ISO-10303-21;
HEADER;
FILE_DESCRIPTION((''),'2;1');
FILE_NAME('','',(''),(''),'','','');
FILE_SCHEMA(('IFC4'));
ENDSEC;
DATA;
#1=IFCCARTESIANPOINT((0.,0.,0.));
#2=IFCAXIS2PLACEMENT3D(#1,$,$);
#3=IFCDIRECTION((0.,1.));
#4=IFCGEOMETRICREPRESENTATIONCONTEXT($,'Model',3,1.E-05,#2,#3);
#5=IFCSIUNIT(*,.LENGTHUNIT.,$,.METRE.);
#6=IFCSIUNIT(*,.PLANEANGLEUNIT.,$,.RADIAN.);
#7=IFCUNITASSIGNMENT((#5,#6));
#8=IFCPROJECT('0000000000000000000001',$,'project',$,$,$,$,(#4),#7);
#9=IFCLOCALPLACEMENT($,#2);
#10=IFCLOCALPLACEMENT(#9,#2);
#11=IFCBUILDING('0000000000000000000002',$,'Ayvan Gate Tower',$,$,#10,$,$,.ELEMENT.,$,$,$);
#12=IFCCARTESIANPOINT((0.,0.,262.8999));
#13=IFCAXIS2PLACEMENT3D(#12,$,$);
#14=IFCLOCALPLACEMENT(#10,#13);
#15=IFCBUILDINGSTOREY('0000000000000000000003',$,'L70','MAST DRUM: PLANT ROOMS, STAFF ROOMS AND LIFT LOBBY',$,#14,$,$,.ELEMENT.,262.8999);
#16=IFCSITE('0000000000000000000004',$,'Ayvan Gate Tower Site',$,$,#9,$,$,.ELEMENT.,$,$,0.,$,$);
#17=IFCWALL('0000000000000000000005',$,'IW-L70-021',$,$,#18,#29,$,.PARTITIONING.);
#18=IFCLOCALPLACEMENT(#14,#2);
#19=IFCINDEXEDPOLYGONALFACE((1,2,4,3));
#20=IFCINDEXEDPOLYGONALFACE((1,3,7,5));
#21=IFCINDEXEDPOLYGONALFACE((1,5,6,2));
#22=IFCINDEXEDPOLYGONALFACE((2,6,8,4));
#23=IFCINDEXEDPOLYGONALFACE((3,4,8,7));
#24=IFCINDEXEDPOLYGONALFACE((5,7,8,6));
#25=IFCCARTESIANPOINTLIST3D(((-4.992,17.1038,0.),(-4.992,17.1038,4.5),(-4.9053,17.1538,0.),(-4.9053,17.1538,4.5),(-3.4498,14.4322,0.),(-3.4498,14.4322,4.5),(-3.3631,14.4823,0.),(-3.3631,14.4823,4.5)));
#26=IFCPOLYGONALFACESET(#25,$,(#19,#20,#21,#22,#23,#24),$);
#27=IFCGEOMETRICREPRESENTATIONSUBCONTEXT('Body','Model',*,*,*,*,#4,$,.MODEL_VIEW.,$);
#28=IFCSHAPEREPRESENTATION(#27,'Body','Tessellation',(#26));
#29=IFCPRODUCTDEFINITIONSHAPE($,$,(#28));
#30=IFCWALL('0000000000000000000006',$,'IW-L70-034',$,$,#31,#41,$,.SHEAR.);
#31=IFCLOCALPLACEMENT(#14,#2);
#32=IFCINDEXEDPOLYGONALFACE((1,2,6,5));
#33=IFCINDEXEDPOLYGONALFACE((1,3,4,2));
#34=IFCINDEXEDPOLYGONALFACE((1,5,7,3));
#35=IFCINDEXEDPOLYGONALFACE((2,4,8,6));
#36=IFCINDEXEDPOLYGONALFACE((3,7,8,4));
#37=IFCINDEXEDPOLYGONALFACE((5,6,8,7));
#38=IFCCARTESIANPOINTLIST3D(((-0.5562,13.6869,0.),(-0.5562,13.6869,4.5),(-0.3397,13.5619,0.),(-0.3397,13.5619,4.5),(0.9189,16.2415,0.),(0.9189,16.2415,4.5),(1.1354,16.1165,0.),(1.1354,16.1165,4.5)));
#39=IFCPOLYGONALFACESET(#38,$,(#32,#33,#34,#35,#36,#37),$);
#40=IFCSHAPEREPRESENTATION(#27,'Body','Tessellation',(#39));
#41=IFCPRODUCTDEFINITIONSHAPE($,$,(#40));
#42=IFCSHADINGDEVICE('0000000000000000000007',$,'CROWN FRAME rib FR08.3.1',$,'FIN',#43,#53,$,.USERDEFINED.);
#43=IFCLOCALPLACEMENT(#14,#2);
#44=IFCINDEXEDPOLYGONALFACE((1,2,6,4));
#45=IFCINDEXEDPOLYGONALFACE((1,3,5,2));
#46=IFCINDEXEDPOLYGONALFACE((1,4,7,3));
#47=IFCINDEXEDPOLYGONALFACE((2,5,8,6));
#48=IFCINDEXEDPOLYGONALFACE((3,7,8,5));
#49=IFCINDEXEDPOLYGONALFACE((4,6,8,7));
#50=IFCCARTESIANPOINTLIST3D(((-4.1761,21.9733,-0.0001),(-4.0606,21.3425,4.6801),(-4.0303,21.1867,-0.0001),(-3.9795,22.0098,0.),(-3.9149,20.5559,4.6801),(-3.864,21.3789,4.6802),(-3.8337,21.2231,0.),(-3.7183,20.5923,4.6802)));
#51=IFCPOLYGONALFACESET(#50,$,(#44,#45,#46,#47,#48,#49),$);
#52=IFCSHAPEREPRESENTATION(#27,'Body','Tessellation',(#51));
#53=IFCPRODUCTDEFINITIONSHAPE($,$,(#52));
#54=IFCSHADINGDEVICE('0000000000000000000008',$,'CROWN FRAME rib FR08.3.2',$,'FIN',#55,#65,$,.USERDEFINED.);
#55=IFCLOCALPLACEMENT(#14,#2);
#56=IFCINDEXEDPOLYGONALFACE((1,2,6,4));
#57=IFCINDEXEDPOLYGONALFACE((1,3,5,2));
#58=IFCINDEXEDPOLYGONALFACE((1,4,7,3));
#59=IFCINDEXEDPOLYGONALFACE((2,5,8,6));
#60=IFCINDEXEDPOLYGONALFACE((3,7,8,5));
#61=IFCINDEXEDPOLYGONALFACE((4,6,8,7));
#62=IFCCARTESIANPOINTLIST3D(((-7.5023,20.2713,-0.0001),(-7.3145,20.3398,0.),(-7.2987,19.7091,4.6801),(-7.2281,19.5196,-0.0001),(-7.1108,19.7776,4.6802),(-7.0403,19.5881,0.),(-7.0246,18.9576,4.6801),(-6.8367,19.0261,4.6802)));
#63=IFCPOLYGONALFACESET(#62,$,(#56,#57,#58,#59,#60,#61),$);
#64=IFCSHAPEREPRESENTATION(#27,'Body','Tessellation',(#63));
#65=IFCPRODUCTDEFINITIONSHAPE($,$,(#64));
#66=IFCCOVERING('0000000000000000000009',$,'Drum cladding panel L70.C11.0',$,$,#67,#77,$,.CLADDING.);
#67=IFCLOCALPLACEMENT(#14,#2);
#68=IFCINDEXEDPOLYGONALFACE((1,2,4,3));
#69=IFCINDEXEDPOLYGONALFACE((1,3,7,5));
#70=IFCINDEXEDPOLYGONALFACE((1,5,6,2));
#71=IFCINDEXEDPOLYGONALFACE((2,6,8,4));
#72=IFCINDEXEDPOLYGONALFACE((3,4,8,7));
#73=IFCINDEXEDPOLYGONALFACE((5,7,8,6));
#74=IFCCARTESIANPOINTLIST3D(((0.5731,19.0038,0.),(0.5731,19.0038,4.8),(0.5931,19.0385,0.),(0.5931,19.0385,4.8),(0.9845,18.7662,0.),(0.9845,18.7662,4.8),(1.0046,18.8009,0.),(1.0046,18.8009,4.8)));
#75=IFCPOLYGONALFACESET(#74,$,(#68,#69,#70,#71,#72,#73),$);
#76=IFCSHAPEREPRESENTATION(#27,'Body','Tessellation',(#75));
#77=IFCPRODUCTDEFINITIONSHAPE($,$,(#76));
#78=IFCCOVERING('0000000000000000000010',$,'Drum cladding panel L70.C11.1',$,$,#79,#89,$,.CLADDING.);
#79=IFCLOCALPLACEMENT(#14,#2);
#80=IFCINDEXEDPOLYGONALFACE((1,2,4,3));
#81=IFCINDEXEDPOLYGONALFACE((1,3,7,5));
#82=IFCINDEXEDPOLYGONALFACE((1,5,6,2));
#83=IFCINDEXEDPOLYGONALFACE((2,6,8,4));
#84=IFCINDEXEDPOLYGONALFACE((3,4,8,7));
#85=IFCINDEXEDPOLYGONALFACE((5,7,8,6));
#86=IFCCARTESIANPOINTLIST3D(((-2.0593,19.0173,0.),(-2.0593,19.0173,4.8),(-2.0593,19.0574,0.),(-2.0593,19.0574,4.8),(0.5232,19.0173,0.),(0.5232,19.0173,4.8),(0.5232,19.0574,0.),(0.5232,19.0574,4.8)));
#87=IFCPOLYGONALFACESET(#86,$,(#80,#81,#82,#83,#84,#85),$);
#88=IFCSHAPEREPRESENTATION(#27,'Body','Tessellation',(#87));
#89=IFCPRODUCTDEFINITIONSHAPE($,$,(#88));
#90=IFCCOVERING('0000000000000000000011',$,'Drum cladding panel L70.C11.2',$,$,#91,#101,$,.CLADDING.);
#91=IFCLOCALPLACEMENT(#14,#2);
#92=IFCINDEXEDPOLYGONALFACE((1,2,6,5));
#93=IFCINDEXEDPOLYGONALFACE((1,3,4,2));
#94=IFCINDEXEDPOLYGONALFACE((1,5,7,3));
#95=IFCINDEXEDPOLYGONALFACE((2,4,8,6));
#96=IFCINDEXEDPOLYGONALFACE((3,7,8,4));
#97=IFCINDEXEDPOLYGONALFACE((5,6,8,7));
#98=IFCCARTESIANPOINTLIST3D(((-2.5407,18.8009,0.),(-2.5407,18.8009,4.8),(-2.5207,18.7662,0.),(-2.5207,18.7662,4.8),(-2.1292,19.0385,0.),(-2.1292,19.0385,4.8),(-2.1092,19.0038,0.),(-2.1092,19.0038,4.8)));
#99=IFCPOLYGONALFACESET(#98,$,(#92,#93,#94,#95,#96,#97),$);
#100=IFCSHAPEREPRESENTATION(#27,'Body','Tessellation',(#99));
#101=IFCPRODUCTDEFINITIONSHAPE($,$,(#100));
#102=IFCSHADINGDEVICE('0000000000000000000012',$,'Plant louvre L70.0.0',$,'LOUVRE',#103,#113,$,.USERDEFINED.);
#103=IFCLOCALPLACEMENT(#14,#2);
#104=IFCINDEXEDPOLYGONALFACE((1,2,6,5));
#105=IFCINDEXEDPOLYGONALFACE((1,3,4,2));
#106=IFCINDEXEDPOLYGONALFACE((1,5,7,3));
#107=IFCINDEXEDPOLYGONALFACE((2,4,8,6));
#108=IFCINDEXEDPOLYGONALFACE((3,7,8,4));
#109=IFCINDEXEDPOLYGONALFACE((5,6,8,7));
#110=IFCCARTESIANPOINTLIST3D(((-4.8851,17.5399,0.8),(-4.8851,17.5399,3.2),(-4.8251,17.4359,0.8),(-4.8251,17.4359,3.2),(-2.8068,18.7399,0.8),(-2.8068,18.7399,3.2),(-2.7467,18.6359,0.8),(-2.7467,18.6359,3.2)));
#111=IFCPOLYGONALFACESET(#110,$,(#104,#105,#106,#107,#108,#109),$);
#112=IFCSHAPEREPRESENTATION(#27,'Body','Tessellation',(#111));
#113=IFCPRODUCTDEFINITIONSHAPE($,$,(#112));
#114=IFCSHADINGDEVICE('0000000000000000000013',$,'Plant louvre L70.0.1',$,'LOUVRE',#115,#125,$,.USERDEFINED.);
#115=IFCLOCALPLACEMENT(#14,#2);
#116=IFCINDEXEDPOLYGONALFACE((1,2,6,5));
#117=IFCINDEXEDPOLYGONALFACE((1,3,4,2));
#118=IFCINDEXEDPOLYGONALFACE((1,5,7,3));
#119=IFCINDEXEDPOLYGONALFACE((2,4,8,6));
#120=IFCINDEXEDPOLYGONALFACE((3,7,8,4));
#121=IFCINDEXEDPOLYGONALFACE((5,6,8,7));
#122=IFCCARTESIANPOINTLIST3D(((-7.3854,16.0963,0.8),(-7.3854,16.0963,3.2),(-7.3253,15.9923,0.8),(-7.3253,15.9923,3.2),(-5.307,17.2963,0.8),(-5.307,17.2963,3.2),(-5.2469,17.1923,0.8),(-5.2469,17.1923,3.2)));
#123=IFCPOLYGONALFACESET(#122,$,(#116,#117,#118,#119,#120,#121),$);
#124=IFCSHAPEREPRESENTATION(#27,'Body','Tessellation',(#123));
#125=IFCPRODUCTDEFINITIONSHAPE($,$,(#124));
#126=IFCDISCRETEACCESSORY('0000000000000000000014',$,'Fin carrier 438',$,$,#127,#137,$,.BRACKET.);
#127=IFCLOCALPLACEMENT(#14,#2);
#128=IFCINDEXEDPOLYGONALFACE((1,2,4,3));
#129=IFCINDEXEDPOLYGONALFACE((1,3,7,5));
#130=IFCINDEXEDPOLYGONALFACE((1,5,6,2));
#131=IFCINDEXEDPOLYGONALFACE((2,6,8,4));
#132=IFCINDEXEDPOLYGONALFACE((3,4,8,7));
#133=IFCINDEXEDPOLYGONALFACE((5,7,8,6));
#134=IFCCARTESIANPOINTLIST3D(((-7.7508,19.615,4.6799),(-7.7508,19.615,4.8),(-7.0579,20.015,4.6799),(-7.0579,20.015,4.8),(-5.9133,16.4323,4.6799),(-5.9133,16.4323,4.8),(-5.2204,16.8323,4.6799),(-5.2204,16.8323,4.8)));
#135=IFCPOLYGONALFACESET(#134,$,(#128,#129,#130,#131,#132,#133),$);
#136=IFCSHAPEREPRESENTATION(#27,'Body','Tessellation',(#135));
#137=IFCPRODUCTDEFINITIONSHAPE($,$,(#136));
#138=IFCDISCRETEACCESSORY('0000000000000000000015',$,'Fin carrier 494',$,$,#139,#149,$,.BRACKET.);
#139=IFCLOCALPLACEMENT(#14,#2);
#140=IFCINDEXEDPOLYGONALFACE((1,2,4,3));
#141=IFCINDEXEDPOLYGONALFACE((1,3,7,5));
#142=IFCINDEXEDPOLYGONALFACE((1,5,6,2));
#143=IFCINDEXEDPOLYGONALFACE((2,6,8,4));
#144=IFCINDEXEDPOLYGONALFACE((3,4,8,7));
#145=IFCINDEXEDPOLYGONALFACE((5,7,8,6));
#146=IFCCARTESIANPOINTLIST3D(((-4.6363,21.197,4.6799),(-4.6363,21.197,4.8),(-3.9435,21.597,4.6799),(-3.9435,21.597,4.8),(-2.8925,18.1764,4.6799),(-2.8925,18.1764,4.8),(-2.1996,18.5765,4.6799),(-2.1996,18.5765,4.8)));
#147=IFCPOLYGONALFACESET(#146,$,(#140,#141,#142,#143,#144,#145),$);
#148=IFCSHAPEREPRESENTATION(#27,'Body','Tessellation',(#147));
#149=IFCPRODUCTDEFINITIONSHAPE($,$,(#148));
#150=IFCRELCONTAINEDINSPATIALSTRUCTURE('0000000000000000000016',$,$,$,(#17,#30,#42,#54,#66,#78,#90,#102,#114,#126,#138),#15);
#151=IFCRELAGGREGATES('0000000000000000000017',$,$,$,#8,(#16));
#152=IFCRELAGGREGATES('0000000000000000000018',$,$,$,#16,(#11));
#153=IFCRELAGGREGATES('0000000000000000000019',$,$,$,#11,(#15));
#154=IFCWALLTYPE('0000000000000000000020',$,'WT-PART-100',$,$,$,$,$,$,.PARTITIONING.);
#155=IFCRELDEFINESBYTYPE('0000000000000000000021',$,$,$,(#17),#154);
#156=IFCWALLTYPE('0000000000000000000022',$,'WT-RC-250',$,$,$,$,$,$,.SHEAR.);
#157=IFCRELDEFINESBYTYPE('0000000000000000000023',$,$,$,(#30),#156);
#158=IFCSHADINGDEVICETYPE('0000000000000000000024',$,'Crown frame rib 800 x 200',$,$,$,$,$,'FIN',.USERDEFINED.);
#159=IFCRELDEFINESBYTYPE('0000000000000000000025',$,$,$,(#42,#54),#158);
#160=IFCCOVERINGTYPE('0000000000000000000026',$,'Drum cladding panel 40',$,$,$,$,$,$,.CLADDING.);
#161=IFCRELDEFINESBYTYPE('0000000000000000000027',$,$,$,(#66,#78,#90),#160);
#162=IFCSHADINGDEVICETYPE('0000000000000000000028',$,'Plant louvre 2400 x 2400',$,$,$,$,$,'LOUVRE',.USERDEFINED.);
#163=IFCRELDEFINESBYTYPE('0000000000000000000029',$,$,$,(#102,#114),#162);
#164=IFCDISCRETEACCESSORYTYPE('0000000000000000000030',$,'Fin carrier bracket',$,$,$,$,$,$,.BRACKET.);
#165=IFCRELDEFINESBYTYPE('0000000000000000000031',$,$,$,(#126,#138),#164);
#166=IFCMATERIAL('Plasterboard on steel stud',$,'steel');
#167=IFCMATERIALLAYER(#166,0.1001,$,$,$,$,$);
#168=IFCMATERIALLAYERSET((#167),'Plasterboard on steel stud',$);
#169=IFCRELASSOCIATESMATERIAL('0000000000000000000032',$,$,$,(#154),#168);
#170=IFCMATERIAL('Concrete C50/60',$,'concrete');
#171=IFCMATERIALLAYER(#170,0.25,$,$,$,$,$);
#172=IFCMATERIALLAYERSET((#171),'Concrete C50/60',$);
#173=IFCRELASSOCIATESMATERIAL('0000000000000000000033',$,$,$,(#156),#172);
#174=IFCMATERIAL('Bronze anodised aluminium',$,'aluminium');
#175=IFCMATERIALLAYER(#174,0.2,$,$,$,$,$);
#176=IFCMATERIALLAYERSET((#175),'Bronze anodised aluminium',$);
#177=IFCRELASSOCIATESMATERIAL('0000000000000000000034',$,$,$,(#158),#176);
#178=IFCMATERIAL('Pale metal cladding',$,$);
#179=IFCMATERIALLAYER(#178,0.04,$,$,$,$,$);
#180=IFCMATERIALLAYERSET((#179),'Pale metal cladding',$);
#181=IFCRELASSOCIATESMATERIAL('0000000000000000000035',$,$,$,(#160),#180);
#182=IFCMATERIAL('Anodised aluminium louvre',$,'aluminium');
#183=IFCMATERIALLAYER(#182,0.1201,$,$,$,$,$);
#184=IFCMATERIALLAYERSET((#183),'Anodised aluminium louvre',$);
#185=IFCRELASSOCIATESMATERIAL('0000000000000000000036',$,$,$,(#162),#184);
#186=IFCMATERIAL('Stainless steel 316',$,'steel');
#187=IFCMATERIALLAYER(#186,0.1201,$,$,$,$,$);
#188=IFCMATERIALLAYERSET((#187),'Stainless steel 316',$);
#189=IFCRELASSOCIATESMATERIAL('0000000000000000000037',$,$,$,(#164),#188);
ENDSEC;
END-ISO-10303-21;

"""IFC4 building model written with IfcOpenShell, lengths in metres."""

from ifc_helpers import new_model, si_unit, direction, frame, frame_2d, origin, origin_2d, place, context, subcontext, project, spatial, polyline, rectangle, outline, extrude, material, layer, layer_set, type_object, element, save


model = new_model("IFC4")

# Units and contexts
model_context = context("Model", 3, precision=1e-05, world=origin(), true_north=direction((0.0, 1.0)))
body_context = subcontext(model_context, "Body", "Model", "MODEL_VIEW")
ifc_project = project(units=[si_unit("LENGTHUNIT", "METRE"), si_unit("PLANEANGLEUNIT", "RADIAN")], contexts=[model_context])

# Site, building, storey
site_placement = place(None, origin())
site = spatial("IfcSite", under=ifc_project, at=site_placement, Name="Ayvan Gate Tower Site", CompositionType="ELEMENT", RefElevation=0.0)
building_placement = place(site_placement, origin())
building = spatial("IfcBuilding", under=site, at=building_placement, Name="Ayvan Gate Tower", CompositionType="ELEMENT")
storey_placement = place(building_placement, frame((0.0, 0.0, 262.8999)))
storey = spatial("IfcBuildingStorey", under=building, at=storey_placement, Name="L70", Description="MAST DRUM: PLANT ROOMS, STAFF ROOMS AND LIFT LOBBY", CompositionType="ELEMENT", Elevation=262.8999)

# Shared definitions
ifc_material_1 = material(Name="Anodised aluminium louvre", Category="aluminium")

# Shared definitions
ifc_material_2 = material(Name="Plasterboard on steel stud", Category="steel")

# Walls
ifc_layer_1 = layer(ifc_material_2, 0.1001)
ifc_layer_set_1 = layer_set([ifc_layer_1], Name="Plasterboard on steel stud")
wall_type_1 = type_object("IfcWallType", Name="WT-PART-100", PredefinedType="PARTITIONING", material=ifc_layer_set_1)
wall_1_placement = place(storey_placement, frame((-4.9487, 17.1289, 0.0), z_axis=(0.0, 0.0, 1.0), x_axis=(0.499944, -0.866058, 0.0)))
element("IfcWall", 1, at=wall_1_placement, inside=storey, type_object=wall_type_1, Name="IW-L70-021", PredefinedType="PARTITIONING", context=body_context, shape_type="SweptSolid", body=[
    extrude(rectangle(XDim=3.0847, YDim=0.1001, at=frame_2d((1.5425, 0.0))), origin(), (0.0, 0.0, 1.0), 4.5),
])
ifc_material_3 = material(Name="Concrete C50/60", Category="concrete")
ifc_layer_2 = layer(ifc_material_3, 0.25)
ifc_layer_set_2 = layer_set([ifc_layer_2], Name="Concrete C50/60")
wall_type_2 = type_object("IfcWallType", Name="WT-RC-250", PredefinedType="SHEAR", material=ifc_layer_set_2)
wall_2_placement = place(storey_placement, frame((-0.448, 13.6243, 0.0), z_axis=(0.0, 0.0, 1.0), x_axis=(0.500038, 0.866004, 0.0)))
element("IfcWall", 2, at=wall_2_placement, inside=storey, type_object=wall_type_2, Name="IW-L70-034", PredefinedType="SHEAR", context=body_context, shape_type="SweptSolid", body=[
    extrude(rectangle(XDim=2.95, YDim=0.25, at=frame_2d((1.4751, 0.0))), origin(), (0.0, 0.0, 1.0), 4.5),
])

# Shading devices
ifc_material_4 = material(Name="Bronze anodised aluminium", Category="aluminium")
ifc_layer_3 = layer(ifc_material_4, 0.2)
ifc_layer_set_3 = layer_set([ifc_layer_3], Name="Bronze anodised aluminium")
shading_device_type_1 = type_object("IfcShadingDeviceType", Name="Crown frame rib 800 x 200", ElementType="FIN", PredefinedType="USERDEFINED", material=ifc_layer_set_3)
shading_device_1_placement = place(storey_placement, frame((-3.8337, 21.2231, 0.0), z_axis=(0.983264, 0.182188, 0.000297), x_axis=(-0.182188, 0.983264, 0.0)))
element("IfcShadingDevice", 3, at=shading_device_1_placement, inside=storey, type_object=shading_device_type_1, Name="CROWN FRAME rib FR08.3.1", ObjectType="FIN", PredefinedType="USERDEFINED", context=body_context, shape_type="SweptSolid", body=[
    extrude(outline(polyline([(0.0, 0.0), (0.8, 0.0), (0.1587, 4.6802), (-0.6413, 4.6802), (0.0, 0.0)])), origin(), (0.0, 0.0, -1.0), 0.2),
])
shading_device_2_placement = place(storey_placement, frame((-7.0403, 19.5881, 0.0), z_axis=(0.939445, 0.342698, 0.00029), x_axis=(-0.342698, 0.939445, 0.0)))
element("IfcShadingDevice", 4, at=shading_device_2_placement, inside=storey, type_object=shading_device_type_1, Name="CROWN FRAME rib FR08.3.2", ObjectType="FIN", PredefinedType="USERDEFINED", context=body_context, shape_type="SweptSolid", body=[
    extrude(outline(polyline([(0.0, 0.0), (0.8001, 0.0), (0.2022, 4.6802), (-0.5978, 4.6802), (0.0, 0.0)])), origin(), (0.0, 0.0, -1.0), 0.2),
])

# Coverings
ifc_material_5 = material(Name="Pale metal cladding")
ifc_layer_4 = layer(ifc_material_5, 0.04)
ifc_layer_set_4 = layer_set([ifc_layer_4], Name="Pale metal cladding")
covering_type = type_object("IfcCoveringType", Name="Drum cladding panel 40", PredefinedType="CLADDING", material=ifc_layer_set_4)
covering_1_placement = place(storey_placement, frame((0.7888, 18.9023, 0.0), z_axis=(0.0, 0.0, 1.0), x_axis=(-0.866025, 0.5, 0.0)))
element("IfcCovering", 5, at=covering_1_placement, inside=storey, type_object=covering_type, Name="Drum cladding panel L70.C11.0", PredefinedType="CLADDING", context=body_context, shape_type="SweptSolid", body=[
    extrude(rectangle(XDim=0.4751, YDim=0.04, at=origin_2d()), origin(), (0.0, 0.0, 1.0), 4.8),
])
covering_2_placement = place(storey_placement, frame((-0.7681, 19.0374, 0.0), z_axis=(0.0, 0.0, 1.0), x_axis=(-1.0, 0.0, 0.0)))
element("IfcCovering", 6, at=covering_2_placement, inside=storey, type_object=covering_type, Name="Drum cladding panel L70.C11.1", PredefinedType="CLADDING", context=body_context, shape_type="SweptSolid", body=[
    extrude(rectangle(XDim=2.5825, YDim=0.04, at=origin_2d()), origin(), (0.0, 0.0, 1.0), 4.8),
])
covering_3_placement = place(storey_placement, frame((-2.325, 18.9023, 0.0), z_axis=(0.0, 0.0, 1.0), x_axis=(-0.866025, -0.5, 0.0)))
element("IfcCovering", 7, at=covering_3_placement, inside=storey, type_object=covering_type, Name="Drum cladding panel L70.C11.2", PredefinedType="CLADDING", context=body_context, shape_type="SweptSolid", body=[
    extrude(rectangle(XDim=0.4751, YDim=0.04, at=origin_2d()), origin(), (0.0, 0.0, 1.0), 4.8),
])

# Shading devices
ifc_layer_5 = layer(ifc_material_1, 0.1201)
ifc_layer_set_5 = layer_set([ifc_layer_5], Name="Anodised aluminium louvre")
shading_device_type_2 = type_object("IfcShadingDeviceType", Name="Plant louvre 2400 x 2400", ElementType="LOUVRE", PredefinedType="USERDEFINED", material=ifc_layer_set_5)
for number, where, z_axis, x_axis, name in (
    (8, (-3.8159, 18.0879, 0.8), (0.0, 0.0, 1.0), (-0.866025, -0.5, 0.0), "Plant louvre L70.0.0"),
    (9, (-6.3162, 16.6443, 0.8), (0.0, 0.0, 1.0), (-0.866025, -0.5, 0.0), "Plant louvre L70.0.1"),
):
    element("IfcShadingDevice", number, at=place(storey_placement, frame(where, z_axis=z_axis, x_axis=x_axis)), inside=storey, type_object=shading_device_type_2, Name=name, ObjectType="LOUVRE", PredefinedType="USERDEFINED", context=body_context, shape_type="SweptSolid", body=[
        extrude(rectangle(XDim=2.3999, YDim=0.1201, at=origin_2d()), origin(), (0.0, 0.0, 1.0), 2.3999),
    ])

# Discrete accessories
ifc_material_6 = material(Name="Stainless steel 316", Category="steel")
ifc_layer_6 = layer(ifc_material_6, 0.1201)
ifc_layer_set_6 = layer_set([ifc_layer_6], Name="Stainless steel 316")
discrete_accessory_type = type_object("IfcDiscreteAccessoryType", Name="Fin carrier bracket", PredefinedType="BRACKET", material=ifc_layer_set_6)
discrete_accessory_1_placement = place(storey_placement, frame((-6.4856, 18.2236, 4.6799), z_axis=(0.0, 0.0, 1.0), x_axis=(-0.866025, -0.5, 0.0)))
element("IfcDiscreteAccessory", 10, at=discrete_accessory_1_placement, inside=storey, type_object=discrete_accessory_type, Name="Fin carrier 438", PredefinedType="BRACKET", context=body_context, shape_type="SweptSolid", body=[
    extrude(rectangle(XDim=0.8, YDim=3.675, at=origin_2d()), origin(), (0.0, 0.0, 1.0), 0.1201),
])
discrete_accessory_2_placement = place(storey_placement, frame((-3.418, 19.8867, 4.6799), z_axis=(0.0, 0.0, 1.0), x_axis=(-0.866025, -0.5, 0.0)))
element("IfcDiscreteAccessory", 11, at=discrete_accessory_2_placement, inside=storey, type_object=discrete_accessory_type, Name="Fin carrier 494", PredefinedType="BRACKET", context=body_context, shape_type="SweptSolid", body=[
    extrude(rectangle(XDim=0.8, YDim=3.4878, at=origin_2d()), origin(), (0.0, 0.0, 1.0), 0.1201),
])

save(model, "model.ifc")
